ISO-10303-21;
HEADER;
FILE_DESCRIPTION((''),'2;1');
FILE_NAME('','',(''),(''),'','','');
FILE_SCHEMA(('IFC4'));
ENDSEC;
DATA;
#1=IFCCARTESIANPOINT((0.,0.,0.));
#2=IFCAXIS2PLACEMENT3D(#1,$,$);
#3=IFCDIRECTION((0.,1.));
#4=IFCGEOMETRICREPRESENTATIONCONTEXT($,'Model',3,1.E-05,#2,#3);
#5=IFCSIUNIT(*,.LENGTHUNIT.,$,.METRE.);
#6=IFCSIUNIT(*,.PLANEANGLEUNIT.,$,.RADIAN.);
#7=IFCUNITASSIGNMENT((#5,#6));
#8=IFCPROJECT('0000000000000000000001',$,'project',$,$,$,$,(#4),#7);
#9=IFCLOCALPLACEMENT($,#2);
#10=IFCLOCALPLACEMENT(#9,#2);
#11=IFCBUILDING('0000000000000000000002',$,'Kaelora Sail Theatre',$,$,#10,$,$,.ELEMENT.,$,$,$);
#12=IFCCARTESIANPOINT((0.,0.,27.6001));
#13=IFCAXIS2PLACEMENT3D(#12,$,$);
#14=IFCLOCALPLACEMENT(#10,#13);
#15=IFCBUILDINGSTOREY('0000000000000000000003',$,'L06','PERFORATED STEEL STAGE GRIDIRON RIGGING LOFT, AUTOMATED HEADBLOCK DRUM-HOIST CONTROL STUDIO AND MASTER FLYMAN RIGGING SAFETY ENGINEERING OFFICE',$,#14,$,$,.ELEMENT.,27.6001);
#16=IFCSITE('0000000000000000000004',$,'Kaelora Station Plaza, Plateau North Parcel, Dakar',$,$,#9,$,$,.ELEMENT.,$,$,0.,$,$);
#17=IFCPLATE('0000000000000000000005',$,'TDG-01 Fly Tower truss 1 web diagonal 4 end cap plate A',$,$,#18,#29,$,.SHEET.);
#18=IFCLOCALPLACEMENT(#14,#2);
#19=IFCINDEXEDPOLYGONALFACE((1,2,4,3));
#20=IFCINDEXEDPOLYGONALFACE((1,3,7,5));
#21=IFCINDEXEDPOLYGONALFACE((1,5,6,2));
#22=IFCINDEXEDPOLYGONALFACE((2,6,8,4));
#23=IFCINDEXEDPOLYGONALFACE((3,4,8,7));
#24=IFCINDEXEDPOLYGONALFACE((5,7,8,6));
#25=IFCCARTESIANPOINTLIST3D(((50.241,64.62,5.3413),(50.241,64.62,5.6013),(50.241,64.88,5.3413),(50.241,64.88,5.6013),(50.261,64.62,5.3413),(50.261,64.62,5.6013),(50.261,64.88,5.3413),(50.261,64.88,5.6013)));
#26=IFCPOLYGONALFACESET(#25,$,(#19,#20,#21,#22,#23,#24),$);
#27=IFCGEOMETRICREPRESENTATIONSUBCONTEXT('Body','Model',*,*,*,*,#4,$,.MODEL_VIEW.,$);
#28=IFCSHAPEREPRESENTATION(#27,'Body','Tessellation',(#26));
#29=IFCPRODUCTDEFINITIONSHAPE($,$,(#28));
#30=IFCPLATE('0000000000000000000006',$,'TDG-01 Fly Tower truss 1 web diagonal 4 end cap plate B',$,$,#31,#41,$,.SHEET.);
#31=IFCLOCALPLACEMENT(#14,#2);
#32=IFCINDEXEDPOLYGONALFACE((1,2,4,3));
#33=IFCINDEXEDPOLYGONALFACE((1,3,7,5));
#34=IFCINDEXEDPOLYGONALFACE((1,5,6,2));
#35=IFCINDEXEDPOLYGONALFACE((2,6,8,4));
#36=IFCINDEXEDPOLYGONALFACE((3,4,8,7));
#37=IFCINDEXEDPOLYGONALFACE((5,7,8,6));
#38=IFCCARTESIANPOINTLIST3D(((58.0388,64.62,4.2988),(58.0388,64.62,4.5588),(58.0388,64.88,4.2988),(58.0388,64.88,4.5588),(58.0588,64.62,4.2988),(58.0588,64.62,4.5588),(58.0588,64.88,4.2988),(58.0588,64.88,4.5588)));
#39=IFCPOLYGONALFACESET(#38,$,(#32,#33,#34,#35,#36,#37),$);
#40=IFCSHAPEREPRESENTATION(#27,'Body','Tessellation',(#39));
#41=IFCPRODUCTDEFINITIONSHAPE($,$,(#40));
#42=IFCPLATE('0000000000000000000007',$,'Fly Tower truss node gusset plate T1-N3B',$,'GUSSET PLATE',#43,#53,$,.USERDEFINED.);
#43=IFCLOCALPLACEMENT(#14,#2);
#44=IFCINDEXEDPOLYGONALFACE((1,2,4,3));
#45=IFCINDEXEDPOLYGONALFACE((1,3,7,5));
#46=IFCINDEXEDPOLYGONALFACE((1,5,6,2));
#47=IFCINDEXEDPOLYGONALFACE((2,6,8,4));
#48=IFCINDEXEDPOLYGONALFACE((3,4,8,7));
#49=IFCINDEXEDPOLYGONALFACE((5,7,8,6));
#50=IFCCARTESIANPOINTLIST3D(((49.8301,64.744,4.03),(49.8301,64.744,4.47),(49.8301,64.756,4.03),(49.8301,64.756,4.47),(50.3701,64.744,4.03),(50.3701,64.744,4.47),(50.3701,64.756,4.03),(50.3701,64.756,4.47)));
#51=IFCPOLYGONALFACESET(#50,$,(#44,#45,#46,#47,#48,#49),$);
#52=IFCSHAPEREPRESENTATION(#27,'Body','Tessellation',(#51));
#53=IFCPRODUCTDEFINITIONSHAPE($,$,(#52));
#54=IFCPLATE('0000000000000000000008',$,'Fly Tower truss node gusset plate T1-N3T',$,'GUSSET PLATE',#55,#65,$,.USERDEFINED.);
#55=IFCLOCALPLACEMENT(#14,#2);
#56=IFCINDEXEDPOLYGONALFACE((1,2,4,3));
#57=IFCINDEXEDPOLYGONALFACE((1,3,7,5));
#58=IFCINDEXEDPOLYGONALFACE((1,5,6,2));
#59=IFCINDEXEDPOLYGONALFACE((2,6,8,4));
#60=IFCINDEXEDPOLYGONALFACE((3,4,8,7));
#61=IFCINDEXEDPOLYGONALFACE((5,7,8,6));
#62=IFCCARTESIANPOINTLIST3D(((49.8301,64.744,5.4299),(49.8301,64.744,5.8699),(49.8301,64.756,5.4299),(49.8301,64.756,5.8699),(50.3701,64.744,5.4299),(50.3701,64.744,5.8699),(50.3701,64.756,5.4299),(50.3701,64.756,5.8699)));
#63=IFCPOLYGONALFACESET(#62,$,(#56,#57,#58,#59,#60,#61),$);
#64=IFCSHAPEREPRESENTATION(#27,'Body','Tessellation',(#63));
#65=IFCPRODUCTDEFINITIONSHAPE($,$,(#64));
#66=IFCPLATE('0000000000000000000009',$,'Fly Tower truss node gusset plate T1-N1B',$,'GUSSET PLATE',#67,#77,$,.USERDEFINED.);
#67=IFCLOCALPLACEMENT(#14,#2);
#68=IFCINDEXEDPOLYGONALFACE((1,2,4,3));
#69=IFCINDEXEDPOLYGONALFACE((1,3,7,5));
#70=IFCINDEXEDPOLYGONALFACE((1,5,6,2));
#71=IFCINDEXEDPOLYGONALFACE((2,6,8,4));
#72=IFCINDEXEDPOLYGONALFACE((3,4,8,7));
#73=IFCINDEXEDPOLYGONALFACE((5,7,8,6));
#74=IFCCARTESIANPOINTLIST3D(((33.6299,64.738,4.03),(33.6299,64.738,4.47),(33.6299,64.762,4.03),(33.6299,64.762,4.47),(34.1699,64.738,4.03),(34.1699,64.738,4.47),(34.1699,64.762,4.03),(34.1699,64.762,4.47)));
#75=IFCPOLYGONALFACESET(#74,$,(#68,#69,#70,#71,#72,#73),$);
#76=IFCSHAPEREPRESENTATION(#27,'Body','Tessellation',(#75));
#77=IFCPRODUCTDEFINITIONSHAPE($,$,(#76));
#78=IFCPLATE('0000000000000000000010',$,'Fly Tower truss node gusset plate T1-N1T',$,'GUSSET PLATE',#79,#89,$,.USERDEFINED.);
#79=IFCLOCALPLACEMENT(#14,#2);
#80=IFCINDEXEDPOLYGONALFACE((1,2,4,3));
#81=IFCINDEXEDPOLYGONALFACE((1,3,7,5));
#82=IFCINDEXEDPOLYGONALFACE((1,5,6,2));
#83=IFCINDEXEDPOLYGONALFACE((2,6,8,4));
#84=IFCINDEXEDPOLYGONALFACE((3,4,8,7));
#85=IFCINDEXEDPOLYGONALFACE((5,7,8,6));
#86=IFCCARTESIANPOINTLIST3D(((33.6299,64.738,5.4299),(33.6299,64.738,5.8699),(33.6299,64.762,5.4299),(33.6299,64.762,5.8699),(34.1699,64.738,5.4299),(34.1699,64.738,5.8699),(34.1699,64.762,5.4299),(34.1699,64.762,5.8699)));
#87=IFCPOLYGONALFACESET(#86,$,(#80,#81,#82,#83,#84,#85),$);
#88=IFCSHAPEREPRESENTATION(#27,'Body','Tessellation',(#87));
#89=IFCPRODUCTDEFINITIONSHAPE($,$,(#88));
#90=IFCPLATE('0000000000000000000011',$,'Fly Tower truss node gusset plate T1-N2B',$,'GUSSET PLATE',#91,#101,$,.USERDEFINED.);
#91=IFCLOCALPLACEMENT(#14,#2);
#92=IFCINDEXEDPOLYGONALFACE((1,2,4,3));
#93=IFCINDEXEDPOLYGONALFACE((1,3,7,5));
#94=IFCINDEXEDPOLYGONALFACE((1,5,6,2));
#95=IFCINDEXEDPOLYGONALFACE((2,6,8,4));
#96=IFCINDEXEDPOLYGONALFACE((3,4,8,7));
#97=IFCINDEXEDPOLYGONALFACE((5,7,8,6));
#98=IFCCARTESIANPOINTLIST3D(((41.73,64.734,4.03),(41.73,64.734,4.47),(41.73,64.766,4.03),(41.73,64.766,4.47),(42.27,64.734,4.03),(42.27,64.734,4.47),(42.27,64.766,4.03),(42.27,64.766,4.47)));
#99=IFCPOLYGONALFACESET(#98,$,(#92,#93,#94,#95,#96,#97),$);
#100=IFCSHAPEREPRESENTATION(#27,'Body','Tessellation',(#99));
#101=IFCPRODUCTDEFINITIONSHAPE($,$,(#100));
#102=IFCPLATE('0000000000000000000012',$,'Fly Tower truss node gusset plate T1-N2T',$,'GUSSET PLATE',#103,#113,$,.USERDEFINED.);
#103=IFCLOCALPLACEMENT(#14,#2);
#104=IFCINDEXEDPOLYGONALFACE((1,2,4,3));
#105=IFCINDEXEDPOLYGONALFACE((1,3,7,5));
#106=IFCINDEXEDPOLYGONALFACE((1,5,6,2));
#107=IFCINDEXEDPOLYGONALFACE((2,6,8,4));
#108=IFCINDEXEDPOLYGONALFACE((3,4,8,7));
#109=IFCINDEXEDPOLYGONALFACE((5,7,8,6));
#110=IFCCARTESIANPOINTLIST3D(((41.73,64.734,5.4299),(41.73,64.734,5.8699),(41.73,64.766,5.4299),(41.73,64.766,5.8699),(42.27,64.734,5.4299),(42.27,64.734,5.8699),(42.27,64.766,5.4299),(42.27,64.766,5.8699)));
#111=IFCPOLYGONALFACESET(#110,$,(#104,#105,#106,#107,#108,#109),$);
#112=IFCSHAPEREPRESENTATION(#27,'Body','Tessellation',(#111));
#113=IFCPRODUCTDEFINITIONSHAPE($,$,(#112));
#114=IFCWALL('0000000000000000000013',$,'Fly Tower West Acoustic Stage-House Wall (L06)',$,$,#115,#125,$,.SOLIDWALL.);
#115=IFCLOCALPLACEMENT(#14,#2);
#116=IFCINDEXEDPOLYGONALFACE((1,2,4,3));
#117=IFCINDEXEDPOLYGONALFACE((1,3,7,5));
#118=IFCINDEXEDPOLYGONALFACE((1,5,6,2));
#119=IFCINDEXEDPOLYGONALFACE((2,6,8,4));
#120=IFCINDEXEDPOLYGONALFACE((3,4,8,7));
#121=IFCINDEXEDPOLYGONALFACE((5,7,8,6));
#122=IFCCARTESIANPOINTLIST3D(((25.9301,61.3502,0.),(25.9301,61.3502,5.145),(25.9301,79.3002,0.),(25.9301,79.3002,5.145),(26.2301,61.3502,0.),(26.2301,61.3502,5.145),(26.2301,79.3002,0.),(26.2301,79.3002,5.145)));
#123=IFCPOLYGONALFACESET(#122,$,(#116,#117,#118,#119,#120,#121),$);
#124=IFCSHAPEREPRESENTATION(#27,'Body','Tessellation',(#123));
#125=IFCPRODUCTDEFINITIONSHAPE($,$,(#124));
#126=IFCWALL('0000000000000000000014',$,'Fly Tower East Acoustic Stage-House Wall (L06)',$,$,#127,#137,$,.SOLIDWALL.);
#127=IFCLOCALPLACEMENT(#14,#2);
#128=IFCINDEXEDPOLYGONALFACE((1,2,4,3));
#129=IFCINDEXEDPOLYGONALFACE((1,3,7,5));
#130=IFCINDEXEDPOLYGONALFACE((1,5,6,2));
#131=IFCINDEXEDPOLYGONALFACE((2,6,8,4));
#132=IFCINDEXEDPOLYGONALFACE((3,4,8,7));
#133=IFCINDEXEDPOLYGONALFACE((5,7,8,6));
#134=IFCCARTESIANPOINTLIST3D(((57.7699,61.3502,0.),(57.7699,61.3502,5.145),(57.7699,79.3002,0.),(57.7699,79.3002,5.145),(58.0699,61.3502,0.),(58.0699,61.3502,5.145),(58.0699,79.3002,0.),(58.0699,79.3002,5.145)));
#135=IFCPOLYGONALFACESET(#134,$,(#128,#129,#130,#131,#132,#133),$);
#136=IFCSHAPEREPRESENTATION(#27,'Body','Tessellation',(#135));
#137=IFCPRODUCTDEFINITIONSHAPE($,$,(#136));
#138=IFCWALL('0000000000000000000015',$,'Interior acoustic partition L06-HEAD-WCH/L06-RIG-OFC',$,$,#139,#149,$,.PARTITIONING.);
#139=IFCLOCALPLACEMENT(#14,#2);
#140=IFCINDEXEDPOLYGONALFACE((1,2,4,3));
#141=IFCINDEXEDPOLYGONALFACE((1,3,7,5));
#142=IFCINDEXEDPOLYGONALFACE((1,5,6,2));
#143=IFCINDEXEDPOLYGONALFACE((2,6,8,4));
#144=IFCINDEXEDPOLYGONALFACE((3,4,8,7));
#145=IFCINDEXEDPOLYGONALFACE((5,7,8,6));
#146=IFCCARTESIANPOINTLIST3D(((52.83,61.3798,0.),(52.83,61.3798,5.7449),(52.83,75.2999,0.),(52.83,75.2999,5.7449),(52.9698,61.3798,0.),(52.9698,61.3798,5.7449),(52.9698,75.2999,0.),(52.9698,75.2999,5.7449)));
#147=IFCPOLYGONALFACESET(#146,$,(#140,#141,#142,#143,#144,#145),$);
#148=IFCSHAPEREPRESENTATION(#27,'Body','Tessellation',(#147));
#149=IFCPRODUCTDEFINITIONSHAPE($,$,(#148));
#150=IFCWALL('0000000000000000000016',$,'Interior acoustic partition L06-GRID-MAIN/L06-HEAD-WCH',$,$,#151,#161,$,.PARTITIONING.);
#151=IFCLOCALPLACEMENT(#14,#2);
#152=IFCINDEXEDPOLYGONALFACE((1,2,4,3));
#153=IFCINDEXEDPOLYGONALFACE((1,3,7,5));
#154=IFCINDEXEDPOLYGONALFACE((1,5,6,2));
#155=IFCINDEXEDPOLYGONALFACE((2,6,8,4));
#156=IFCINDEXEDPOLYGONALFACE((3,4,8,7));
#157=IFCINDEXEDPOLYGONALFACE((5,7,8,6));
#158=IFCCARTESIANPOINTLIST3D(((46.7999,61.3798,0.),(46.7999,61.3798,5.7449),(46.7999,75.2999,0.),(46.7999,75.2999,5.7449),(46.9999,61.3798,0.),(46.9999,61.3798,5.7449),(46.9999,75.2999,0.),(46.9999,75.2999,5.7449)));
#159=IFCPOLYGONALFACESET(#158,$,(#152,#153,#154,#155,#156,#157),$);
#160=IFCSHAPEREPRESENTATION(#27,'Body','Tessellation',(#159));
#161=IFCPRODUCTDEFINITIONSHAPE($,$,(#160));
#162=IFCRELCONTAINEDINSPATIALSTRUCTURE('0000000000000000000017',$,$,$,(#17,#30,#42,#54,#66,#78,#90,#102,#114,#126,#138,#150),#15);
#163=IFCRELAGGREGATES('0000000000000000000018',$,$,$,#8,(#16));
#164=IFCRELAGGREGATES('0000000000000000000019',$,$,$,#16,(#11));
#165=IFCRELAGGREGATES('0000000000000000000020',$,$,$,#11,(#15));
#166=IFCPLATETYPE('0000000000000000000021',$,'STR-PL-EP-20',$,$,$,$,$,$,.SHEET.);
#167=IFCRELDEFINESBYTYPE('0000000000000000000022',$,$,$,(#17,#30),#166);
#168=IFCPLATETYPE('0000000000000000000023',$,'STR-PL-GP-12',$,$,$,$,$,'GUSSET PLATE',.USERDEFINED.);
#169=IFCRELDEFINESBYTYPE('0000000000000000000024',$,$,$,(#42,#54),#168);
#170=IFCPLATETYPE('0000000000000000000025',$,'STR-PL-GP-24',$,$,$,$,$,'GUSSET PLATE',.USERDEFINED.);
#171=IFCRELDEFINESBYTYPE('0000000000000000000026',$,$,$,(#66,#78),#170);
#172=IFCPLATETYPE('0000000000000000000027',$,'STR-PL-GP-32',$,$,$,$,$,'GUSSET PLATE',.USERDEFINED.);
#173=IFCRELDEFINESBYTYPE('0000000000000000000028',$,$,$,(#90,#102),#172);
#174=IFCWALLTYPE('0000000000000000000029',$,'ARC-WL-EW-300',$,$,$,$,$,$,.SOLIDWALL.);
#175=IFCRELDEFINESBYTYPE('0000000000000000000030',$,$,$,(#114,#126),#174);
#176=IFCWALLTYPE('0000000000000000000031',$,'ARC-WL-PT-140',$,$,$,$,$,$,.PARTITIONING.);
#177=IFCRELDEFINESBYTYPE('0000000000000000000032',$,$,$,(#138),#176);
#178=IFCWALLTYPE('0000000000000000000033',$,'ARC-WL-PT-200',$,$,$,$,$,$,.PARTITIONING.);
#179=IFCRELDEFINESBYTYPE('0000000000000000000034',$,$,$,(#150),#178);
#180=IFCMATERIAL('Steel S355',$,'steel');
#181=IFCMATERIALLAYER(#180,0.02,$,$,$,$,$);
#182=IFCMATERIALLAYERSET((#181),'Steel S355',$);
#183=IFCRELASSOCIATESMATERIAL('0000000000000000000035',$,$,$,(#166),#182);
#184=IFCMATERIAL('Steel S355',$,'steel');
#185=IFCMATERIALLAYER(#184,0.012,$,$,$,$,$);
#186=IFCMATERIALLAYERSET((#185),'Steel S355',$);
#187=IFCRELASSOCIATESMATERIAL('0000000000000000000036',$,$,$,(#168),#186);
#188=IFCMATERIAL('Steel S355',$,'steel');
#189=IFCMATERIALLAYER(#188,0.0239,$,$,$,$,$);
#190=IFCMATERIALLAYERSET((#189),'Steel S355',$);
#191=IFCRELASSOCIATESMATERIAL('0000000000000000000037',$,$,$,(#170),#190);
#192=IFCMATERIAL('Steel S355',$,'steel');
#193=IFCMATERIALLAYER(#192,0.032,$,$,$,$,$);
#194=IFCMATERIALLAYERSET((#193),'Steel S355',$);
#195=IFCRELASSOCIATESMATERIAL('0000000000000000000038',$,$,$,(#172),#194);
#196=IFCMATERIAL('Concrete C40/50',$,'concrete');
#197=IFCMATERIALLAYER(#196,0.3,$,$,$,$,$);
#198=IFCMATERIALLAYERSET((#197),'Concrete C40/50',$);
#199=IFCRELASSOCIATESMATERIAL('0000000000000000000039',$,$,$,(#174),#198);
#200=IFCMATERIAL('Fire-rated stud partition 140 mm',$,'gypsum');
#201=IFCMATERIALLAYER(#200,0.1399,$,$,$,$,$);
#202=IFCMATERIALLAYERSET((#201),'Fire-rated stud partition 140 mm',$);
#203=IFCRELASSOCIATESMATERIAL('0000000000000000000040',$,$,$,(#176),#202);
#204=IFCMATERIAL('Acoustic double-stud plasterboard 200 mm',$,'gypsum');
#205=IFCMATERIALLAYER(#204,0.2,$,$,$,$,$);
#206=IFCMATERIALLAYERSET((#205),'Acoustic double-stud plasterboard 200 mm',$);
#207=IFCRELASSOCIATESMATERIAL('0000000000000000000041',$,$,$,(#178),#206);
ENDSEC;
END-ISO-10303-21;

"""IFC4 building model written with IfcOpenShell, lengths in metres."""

from ifc_helpers import new_model, si_unit, direction, frame, frame_2d, origin, origin_2d, place, context, subcontext, project, spatial, rectangle, extrude, material, layer, layer_set, type_object, element, save


model = new_model("IFC4")

# Units and contexts
model_context = context("Model", 3, precision=1e-05, world=origin(), true_north=direction((0.0, 1.0)))
body_context = subcontext(model_context, "Body", "Model", "MODEL_VIEW")
ifc_project = project(units=[si_unit("LENGTHUNIT", "METRE"), si_unit("PLANEANGLEUNIT", "RADIAN")], contexts=[model_context])

# Site, building, storey
site_placement = place(None, origin())
site = spatial("IfcSite", under=ifc_project, at=site_placement, Name="Kaelora Station Plaza, Plateau North Parcel, Dakar", CompositionType="ELEMENT", RefElevation=0.0)
building_placement = place(site_placement, origin())
building = spatial("IfcBuilding", under=site, at=building_placement, Name="Kaelora Sail Theatre", CompositionType="ELEMENT")
storey_placement = place(building_placement, frame((0.0, 0.0, 27.6001)))
storey = spatial("IfcBuildingStorey", under=building, at=storey_placement, Name="L06", Description="PERFORATED STEEL STAGE GRIDIRON RIGGING LOFT, AUTOMATED HEADBLOCK DRUM-HOIST CONTROL STUDIO AND MASTER FLYMAN RIGGING SAFETY ENGINEERING OFFICE", CompositionType="ELEMENT", Elevation=27.6001)

# Plates
ifc_material_1 = material(Name="Steel S355", Category="steel")
ifc_layer_1 = layer(ifc_material_1, 0.02)
ifc_layer_set_1 = layer_set([ifc_layer_1], Name="Steel S355")
plate_type_1 = type_object("IfcPlateType", Name="STR-PL-EP-20", PredefinedType="SHEET", material=ifc_layer_set_1)
for number, where, z_axis, x_axis, name in (
    (1, (50.251, 64.75, 5.3413), (0.0, 0.0, 1.0), (1.0, 0.0, 0.0), "TDG-01 Fly Tower truss 1 web diagonal 4 end cap plate A"),
    (2, (58.0488, 64.75, 4.2988), (0.0, 0.0, 1.0), (1.0, 0.0, 0.0), "TDG-01 Fly Tower truss 1 web diagonal 4 end cap plate B"),
):
    element("IfcPlate", number, at=place(storey_placement, frame(where, z_axis=z_axis, x_axis=x_axis)), inside=storey, type_object=plate_type_1, Name=name, PredefinedType="SHEET", context=body_context, shape_type="SweptSolid", body=[
        extrude(rectangle(XDim=0.02, YDim=0.26, at=origin_2d()), origin(), (0.0, 0.0, 1.0), 0.26),
    ])
ifc_material_2 = material(Name="Steel S355", Category="steel")
ifc_layer_2 = layer(ifc_material_2, 0.012)
ifc_layer_set_2 = layer_set([ifc_layer_2], Name="Steel S355")
plate_type_2 = type_object("IfcPlateType", Name="STR-PL-GP-12", ElementType="GUSSET PLATE", PredefinedType="USERDEFINED", material=ifc_layer_set_2)
for number, where, z_axis, x_axis, name in (
    (3, (50.1001, 64.75, 4.03), (0.0, 0.0, 1.0), (1.0, 0.0, 0.0), "Fly Tower truss node gusset plate T1-N3B"),
    (4, (50.1001, 64.75, 5.4299), (0.0, 0.0, 1.0), (1.0, 0.0, 0.0), "Fly Tower truss node gusset plate T1-N3T"),
):
    element("IfcPlate", number, at=place(storey_placement, frame(where, z_axis=z_axis, x_axis=x_axis)), inside=storey, type_object=plate_type_2, Name=name, ObjectType="GUSSET PLATE", PredefinedType="USERDEFINED", context=body_context, shape_type="SweptSolid", body=[
        extrude(rectangle(XDim=0.54, YDim=0.012, at=origin_2d()), origin(), (0.0, 0.0, 1.0), 0.4399),
    ])
ifc_material_3 = material(Name="Steel S355", Category="steel")
ifc_layer_3 = layer(ifc_material_3, 0.0239)
ifc_layer_set_3 = layer_set([ifc_layer_3], Name="Steel S355")
plate_type_3 = type_object("IfcPlateType", Name="STR-PL-GP-24", ElementType="GUSSET PLATE", PredefinedType="USERDEFINED", material=ifc_layer_set_3)
for number, where, z_axis, x_axis, name in (
    (5, (33.8999, 64.75, 4.03), (0.0, 0.0, 1.0), (1.0, 0.0, 0.0), "Fly Tower truss node gusset plate T1-N1B"),
    (6, (33.8999, 64.75, 5.4299), (0.0, 0.0, 1.0), (1.0, 0.0, 0.0), "Fly Tower truss node gusset plate T1-N1T"),
):
    element("IfcPlate", number, at=place(storey_placement, frame(where, z_axis=z_axis, x_axis=x_axis)), inside=storey, type_object=plate_type_3, Name=name, ObjectType="GUSSET PLATE", PredefinedType="USERDEFINED", context=body_context, shape_type="SweptSolid", body=[
        extrude(rectangle(XDim=0.54, YDim=0.0239, at=origin_2d()), origin(), (0.0, 0.0, 1.0), 0.4399),
    ])
ifc_material_4 = material(Name="Steel S355", Category="steel")
ifc_layer_4 = layer(ifc_material_4, 0.032)
ifc_layer_set_4 = layer_set([ifc_layer_4], Name="Steel S355")
plate_type_4 = type_object("IfcPlateType", Name="STR-PL-GP-32", ElementType="GUSSET PLATE", PredefinedType="USERDEFINED", material=ifc_layer_set_4)
for number, where, z_axis, x_axis, name in (
    (7, (42.0, 64.75, 4.03), (0.0, 0.0, 1.0), (1.0, 0.0, 0.0), "Fly Tower truss node gusset plate T1-N2B"),
    (8, (42.0, 64.75, 5.4299), (0.0, 0.0, 1.0), (1.0, 0.0, 0.0), "Fly Tower truss node gusset plate T1-N2T"),
):
    element("IfcPlate", number, at=place(storey_placement, frame(where, z_axis=z_axis, x_axis=x_axis)), inside=storey, type_object=plate_type_4, Name=name, ObjectType="GUSSET PLATE", PredefinedType="USERDEFINED", context=body_context, shape_type="SweptSolid", body=[
        extrude(rectangle(XDim=0.54, YDim=0.032, at=origin_2d()), origin(), (0.0, 0.0, 1.0), 0.4399),
    ])

# Walls
ifc_material_5 = material(Name="Concrete C40/50", Category="concrete")
ifc_layer_5 = layer(ifc_material_5, 0.3)
ifc_layer_set_5 = layer_set([ifc_layer_5], Name="Concrete C40/50")
wall_type_1 = type_object("IfcWallType", Name="ARC-WL-EW-300", PredefinedType="SOLIDWALL", material=ifc_layer_set_5)
for number, where, z_axis, x_axis, name in (
    (9, (26.0801, 61.3501, 0.0), (0.0, 0.0, 1.0), (0.0, 1.0, 0.0), "Fly Tower West Acoustic Stage-House Wall (L06)"),
    (10, (57.9199, 61.3501, 0.0), (0.0, 0.0, 1.0), (0.0, 1.0, 0.0), "Fly Tower East Acoustic Stage-House Wall (L06)"),
):
    element("IfcWall", number, at=place(storey_placement, frame(where, z_axis=z_axis, x_axis=x_axis)), inside=storey, type_object=wall_type_1, Name=name, PredefinedType="SOLIDWALL", context=body_context, shape_type="SweptSolid", body=[
        extrude(rectangle(XDim=17.95, YDim=0.3, at=frame_2d((8.9751, 0.0))), origin(), (0.0, 0.0, 1.0), 5.145),
    ])
ifc_material_6 = material(Name="Fire-rated stud partition 140 mm", Category="gypsum")
ifc_layer_6 = layer(ifc_material_6, 0.1399)
ifc_layer_set_6 = layer_set([ifc_layer_6], Name="Fire-rated stud partition 140 mm")
wall_type_2 = type_object("IfcWallType", Name="ARC-WL-PT-140", PredefinedType="PARTITIONING", material=ifc_layer_set_6)
wall_1_placement = place(storey_placement, frame((52.8999, 61.3799, 0.0), z_axis=(0.0, 0.0, 1.0), x_axis=(0.0, 1.0, 0.0)))
element("IfcWall", 11, at=wall_1_placement, inside=storey, type_object=wall_type_2, Name="Interior acoustic partition L06-HEAD-WCH/L06-RIG-OFC", PredefinedType="PARTITIONING", context=body_context, shape_type="SweptSolid", body=[
    extrude(rectangle(XDim=13.9202, YDim=0.1399, at=frame_2d((6.96, 0.0))), origin(), (0.0, 0.0, 1.0), 5.7449),
])
ifc_material_7 = material(Name="Acoustic double-stud plasterboard 200 mm", Category="gypsum")
ifc_layer_7 = layer(ifc_material_7, 0.2)
ifc_layer_set_7 = layer_set([ifc_layer_7], Name="Acoustic double-stud plasterboard 200 mm")
wall_type_3 = type_object("IfcWallType", Name="ARC-WL-PT-200", PredefinedType="PARTITIONING", material=ifc_layer_set_7)
wall_2_placement = place(storey_placement, frame((46.8999, 61.3799, 0.0), z_axis=(0.0, 0.0, 1.0), x_axis=(0.0, 1.0, 0.0)))
element("IfcWall", 12, at=wall_2_placement, inside=storey, type_object=wall_type_3, Name="Interior acoustic partition L06-GRID-MAIN/L06-HEAD-WCH", PredefinedType="PARTITIONING", context=body_context, shape_type="SweptSolid", body=[
    extrude(rectangle(XDim=13.9202, YDim=0.2, at=frame_2d((6.96, 0.0))), origin(), (0.0, 0.0, 1.0), 5.7449),
])

save(model, "model.ifc")
